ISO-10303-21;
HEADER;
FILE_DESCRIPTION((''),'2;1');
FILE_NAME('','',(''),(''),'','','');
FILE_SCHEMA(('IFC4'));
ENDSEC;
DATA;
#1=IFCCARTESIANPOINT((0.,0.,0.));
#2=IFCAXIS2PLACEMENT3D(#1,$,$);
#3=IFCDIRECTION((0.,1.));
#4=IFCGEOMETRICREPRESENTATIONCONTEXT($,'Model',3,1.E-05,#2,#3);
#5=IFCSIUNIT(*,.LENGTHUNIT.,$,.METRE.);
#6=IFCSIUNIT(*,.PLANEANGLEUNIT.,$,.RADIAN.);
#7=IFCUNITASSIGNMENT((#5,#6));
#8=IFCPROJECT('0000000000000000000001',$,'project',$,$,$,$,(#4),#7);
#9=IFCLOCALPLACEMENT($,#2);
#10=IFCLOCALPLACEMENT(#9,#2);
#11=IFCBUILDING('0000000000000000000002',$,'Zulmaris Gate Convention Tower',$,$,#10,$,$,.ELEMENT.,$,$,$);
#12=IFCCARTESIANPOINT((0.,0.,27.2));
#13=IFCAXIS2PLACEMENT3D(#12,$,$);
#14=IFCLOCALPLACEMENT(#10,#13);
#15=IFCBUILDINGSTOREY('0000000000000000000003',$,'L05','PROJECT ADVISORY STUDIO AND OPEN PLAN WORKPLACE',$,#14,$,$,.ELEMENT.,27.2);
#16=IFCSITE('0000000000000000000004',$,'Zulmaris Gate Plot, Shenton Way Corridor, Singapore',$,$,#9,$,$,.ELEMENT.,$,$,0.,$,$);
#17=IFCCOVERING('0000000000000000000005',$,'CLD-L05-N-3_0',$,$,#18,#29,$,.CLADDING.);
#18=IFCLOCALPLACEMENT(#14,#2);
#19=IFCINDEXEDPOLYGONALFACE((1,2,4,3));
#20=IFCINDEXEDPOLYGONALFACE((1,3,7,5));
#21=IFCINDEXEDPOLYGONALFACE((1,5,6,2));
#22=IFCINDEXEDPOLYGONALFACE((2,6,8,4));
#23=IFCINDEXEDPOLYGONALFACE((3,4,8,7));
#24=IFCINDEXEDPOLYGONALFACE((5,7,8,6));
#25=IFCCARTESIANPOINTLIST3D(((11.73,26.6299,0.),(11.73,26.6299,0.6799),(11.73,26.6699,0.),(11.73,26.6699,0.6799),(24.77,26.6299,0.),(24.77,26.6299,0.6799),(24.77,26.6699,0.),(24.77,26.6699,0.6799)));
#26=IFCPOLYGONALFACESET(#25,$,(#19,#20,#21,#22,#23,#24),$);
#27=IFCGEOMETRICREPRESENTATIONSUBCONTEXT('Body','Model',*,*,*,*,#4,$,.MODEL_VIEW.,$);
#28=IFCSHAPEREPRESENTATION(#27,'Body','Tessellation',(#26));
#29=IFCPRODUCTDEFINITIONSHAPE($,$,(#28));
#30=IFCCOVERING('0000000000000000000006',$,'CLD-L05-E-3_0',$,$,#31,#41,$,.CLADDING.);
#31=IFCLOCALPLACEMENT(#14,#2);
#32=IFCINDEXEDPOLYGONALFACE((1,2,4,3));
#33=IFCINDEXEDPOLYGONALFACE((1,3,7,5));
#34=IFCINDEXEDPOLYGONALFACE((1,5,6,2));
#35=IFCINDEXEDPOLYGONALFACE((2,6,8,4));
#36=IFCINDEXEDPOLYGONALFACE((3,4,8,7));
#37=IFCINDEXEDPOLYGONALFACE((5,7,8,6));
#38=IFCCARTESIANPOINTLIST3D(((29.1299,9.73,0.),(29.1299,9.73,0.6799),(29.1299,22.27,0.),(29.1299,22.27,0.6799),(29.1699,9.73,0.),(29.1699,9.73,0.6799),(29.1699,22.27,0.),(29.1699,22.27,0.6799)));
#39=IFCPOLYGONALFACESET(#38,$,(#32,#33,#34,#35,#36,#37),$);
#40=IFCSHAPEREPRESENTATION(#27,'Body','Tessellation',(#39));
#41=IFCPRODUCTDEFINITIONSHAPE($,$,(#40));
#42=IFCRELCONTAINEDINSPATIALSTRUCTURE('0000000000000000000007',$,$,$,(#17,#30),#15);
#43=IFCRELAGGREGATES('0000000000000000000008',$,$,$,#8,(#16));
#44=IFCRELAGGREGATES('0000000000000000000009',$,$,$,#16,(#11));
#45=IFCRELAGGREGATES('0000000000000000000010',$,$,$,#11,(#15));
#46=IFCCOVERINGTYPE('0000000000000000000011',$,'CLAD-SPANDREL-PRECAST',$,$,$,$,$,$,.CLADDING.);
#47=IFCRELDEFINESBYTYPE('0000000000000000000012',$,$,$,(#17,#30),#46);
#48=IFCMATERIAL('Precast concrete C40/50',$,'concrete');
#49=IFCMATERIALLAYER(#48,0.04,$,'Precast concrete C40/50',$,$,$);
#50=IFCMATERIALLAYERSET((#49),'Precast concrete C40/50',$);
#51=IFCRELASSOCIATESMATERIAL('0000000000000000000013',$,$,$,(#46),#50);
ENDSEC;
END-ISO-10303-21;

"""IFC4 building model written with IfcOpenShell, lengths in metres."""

from ifc_helpers import new_model, si_unit, direction, frame, frame_2d, origin, place, context, subcontext, project, spatial, rectangle, extrude, material, layer, layer_set, type_object, element, save


model = new_model("IFC4")

# Units and contexts
model_context = context("Model", 3, precision=1e-05, world=origin(), true_north=direction((0.0, 1.0)))
body_context = subcontext(model_context, "Body", "Model", "MODEL_VIEW")
ifc_project = project(units=[si_unit("LENGTHUNIT", "METRE"), si_unit("PLANEANGLEUNIT", "RADIAN")], contexts=[model_context])

# Site, building, storey
site_placement = place(None, origin())
site = spatial("IfcSite", under=ifc_project, at=site_placement, Name="Zulmaris Gate Plot, Shenton Way Corridor, Singapore", CompositionType="ELEMENT", RefElevation=0.0)
building_placement = place(site_placement, origin())
building = spatial("IfcBuilding", under=site, at=building_placement, Name="Zulmaris Gate Convention Tower", CompositionType="ELEMENT")
storey_placement = place(building_placement, frame((0.0, 0.0, 27.2)))
storey = spatial("IfcBuildingStorey", under=building, at=storey_placement, Name="L05", Description="PROJECT ADVISORY STUDIO AND OPEN PLAN WORKPLACE", CompositionType="ELEMENT", Elevation=27.2)

# Shared definitions
ifc_material_1 = material(Name="Precast concrete C40/50", Category="concrete")

# Coverings
ifc_layer_1 = layer(ifc_material_1, 0.04, Name="Precast concrete C40/50")
ifc_layer_set_1 = layer_set([ifc_layer_1], Name="Precast concrete C40/50")
covering_type = type_object("IfcCoveringType", Name="CLAD-SPANDREL-PRECAST", PredefinedType="CLADDING", material=ifc_layer_set_1)
covering_1_placement = place(storey_placement, frame((24.77, 26.6499, 0.0), z_axis=(0.0, 0.0, 1.0), x_axis=(-1.0, 0.0, 0.0)))
element("IfcCovering", 1, at=covering_1_placement, inside=storey, type_object=covering_type, Name="CLD-L05-N-3_0", PredefinedType="CLADDING", context=body_context, shape_type="SweptSolid", body=[
    extrude(rectangle(XDim=13.04, YDim=0.04, at=frame_2d((6.52, 0.0))), origin(), (0.0, 0.0, 1.0), 0.6799),
])
covering_2_placement = place(storey_placement, frame((29.1499, 9.73, 0.0), z_axis=(0.0, 0.0, 1.0), x_axis=(0.0, 1.0, 0.0)))
element("IfcCovering", 2, at=covering_2_placement, inside=storey, type_object=covering_type, Name="CLD-L05-E-3_0", PredefinedType="CLADDING", context=body_context, shape_type="SweptSolid", body=[
    extrude(rectangle(XDim=12.54, YDim=0.04, at=frame_2d((6.27, 0.0))), origin(), (0.0, 0.0, 1.0), 0.6799),
])

save(model, "model.ifc")
